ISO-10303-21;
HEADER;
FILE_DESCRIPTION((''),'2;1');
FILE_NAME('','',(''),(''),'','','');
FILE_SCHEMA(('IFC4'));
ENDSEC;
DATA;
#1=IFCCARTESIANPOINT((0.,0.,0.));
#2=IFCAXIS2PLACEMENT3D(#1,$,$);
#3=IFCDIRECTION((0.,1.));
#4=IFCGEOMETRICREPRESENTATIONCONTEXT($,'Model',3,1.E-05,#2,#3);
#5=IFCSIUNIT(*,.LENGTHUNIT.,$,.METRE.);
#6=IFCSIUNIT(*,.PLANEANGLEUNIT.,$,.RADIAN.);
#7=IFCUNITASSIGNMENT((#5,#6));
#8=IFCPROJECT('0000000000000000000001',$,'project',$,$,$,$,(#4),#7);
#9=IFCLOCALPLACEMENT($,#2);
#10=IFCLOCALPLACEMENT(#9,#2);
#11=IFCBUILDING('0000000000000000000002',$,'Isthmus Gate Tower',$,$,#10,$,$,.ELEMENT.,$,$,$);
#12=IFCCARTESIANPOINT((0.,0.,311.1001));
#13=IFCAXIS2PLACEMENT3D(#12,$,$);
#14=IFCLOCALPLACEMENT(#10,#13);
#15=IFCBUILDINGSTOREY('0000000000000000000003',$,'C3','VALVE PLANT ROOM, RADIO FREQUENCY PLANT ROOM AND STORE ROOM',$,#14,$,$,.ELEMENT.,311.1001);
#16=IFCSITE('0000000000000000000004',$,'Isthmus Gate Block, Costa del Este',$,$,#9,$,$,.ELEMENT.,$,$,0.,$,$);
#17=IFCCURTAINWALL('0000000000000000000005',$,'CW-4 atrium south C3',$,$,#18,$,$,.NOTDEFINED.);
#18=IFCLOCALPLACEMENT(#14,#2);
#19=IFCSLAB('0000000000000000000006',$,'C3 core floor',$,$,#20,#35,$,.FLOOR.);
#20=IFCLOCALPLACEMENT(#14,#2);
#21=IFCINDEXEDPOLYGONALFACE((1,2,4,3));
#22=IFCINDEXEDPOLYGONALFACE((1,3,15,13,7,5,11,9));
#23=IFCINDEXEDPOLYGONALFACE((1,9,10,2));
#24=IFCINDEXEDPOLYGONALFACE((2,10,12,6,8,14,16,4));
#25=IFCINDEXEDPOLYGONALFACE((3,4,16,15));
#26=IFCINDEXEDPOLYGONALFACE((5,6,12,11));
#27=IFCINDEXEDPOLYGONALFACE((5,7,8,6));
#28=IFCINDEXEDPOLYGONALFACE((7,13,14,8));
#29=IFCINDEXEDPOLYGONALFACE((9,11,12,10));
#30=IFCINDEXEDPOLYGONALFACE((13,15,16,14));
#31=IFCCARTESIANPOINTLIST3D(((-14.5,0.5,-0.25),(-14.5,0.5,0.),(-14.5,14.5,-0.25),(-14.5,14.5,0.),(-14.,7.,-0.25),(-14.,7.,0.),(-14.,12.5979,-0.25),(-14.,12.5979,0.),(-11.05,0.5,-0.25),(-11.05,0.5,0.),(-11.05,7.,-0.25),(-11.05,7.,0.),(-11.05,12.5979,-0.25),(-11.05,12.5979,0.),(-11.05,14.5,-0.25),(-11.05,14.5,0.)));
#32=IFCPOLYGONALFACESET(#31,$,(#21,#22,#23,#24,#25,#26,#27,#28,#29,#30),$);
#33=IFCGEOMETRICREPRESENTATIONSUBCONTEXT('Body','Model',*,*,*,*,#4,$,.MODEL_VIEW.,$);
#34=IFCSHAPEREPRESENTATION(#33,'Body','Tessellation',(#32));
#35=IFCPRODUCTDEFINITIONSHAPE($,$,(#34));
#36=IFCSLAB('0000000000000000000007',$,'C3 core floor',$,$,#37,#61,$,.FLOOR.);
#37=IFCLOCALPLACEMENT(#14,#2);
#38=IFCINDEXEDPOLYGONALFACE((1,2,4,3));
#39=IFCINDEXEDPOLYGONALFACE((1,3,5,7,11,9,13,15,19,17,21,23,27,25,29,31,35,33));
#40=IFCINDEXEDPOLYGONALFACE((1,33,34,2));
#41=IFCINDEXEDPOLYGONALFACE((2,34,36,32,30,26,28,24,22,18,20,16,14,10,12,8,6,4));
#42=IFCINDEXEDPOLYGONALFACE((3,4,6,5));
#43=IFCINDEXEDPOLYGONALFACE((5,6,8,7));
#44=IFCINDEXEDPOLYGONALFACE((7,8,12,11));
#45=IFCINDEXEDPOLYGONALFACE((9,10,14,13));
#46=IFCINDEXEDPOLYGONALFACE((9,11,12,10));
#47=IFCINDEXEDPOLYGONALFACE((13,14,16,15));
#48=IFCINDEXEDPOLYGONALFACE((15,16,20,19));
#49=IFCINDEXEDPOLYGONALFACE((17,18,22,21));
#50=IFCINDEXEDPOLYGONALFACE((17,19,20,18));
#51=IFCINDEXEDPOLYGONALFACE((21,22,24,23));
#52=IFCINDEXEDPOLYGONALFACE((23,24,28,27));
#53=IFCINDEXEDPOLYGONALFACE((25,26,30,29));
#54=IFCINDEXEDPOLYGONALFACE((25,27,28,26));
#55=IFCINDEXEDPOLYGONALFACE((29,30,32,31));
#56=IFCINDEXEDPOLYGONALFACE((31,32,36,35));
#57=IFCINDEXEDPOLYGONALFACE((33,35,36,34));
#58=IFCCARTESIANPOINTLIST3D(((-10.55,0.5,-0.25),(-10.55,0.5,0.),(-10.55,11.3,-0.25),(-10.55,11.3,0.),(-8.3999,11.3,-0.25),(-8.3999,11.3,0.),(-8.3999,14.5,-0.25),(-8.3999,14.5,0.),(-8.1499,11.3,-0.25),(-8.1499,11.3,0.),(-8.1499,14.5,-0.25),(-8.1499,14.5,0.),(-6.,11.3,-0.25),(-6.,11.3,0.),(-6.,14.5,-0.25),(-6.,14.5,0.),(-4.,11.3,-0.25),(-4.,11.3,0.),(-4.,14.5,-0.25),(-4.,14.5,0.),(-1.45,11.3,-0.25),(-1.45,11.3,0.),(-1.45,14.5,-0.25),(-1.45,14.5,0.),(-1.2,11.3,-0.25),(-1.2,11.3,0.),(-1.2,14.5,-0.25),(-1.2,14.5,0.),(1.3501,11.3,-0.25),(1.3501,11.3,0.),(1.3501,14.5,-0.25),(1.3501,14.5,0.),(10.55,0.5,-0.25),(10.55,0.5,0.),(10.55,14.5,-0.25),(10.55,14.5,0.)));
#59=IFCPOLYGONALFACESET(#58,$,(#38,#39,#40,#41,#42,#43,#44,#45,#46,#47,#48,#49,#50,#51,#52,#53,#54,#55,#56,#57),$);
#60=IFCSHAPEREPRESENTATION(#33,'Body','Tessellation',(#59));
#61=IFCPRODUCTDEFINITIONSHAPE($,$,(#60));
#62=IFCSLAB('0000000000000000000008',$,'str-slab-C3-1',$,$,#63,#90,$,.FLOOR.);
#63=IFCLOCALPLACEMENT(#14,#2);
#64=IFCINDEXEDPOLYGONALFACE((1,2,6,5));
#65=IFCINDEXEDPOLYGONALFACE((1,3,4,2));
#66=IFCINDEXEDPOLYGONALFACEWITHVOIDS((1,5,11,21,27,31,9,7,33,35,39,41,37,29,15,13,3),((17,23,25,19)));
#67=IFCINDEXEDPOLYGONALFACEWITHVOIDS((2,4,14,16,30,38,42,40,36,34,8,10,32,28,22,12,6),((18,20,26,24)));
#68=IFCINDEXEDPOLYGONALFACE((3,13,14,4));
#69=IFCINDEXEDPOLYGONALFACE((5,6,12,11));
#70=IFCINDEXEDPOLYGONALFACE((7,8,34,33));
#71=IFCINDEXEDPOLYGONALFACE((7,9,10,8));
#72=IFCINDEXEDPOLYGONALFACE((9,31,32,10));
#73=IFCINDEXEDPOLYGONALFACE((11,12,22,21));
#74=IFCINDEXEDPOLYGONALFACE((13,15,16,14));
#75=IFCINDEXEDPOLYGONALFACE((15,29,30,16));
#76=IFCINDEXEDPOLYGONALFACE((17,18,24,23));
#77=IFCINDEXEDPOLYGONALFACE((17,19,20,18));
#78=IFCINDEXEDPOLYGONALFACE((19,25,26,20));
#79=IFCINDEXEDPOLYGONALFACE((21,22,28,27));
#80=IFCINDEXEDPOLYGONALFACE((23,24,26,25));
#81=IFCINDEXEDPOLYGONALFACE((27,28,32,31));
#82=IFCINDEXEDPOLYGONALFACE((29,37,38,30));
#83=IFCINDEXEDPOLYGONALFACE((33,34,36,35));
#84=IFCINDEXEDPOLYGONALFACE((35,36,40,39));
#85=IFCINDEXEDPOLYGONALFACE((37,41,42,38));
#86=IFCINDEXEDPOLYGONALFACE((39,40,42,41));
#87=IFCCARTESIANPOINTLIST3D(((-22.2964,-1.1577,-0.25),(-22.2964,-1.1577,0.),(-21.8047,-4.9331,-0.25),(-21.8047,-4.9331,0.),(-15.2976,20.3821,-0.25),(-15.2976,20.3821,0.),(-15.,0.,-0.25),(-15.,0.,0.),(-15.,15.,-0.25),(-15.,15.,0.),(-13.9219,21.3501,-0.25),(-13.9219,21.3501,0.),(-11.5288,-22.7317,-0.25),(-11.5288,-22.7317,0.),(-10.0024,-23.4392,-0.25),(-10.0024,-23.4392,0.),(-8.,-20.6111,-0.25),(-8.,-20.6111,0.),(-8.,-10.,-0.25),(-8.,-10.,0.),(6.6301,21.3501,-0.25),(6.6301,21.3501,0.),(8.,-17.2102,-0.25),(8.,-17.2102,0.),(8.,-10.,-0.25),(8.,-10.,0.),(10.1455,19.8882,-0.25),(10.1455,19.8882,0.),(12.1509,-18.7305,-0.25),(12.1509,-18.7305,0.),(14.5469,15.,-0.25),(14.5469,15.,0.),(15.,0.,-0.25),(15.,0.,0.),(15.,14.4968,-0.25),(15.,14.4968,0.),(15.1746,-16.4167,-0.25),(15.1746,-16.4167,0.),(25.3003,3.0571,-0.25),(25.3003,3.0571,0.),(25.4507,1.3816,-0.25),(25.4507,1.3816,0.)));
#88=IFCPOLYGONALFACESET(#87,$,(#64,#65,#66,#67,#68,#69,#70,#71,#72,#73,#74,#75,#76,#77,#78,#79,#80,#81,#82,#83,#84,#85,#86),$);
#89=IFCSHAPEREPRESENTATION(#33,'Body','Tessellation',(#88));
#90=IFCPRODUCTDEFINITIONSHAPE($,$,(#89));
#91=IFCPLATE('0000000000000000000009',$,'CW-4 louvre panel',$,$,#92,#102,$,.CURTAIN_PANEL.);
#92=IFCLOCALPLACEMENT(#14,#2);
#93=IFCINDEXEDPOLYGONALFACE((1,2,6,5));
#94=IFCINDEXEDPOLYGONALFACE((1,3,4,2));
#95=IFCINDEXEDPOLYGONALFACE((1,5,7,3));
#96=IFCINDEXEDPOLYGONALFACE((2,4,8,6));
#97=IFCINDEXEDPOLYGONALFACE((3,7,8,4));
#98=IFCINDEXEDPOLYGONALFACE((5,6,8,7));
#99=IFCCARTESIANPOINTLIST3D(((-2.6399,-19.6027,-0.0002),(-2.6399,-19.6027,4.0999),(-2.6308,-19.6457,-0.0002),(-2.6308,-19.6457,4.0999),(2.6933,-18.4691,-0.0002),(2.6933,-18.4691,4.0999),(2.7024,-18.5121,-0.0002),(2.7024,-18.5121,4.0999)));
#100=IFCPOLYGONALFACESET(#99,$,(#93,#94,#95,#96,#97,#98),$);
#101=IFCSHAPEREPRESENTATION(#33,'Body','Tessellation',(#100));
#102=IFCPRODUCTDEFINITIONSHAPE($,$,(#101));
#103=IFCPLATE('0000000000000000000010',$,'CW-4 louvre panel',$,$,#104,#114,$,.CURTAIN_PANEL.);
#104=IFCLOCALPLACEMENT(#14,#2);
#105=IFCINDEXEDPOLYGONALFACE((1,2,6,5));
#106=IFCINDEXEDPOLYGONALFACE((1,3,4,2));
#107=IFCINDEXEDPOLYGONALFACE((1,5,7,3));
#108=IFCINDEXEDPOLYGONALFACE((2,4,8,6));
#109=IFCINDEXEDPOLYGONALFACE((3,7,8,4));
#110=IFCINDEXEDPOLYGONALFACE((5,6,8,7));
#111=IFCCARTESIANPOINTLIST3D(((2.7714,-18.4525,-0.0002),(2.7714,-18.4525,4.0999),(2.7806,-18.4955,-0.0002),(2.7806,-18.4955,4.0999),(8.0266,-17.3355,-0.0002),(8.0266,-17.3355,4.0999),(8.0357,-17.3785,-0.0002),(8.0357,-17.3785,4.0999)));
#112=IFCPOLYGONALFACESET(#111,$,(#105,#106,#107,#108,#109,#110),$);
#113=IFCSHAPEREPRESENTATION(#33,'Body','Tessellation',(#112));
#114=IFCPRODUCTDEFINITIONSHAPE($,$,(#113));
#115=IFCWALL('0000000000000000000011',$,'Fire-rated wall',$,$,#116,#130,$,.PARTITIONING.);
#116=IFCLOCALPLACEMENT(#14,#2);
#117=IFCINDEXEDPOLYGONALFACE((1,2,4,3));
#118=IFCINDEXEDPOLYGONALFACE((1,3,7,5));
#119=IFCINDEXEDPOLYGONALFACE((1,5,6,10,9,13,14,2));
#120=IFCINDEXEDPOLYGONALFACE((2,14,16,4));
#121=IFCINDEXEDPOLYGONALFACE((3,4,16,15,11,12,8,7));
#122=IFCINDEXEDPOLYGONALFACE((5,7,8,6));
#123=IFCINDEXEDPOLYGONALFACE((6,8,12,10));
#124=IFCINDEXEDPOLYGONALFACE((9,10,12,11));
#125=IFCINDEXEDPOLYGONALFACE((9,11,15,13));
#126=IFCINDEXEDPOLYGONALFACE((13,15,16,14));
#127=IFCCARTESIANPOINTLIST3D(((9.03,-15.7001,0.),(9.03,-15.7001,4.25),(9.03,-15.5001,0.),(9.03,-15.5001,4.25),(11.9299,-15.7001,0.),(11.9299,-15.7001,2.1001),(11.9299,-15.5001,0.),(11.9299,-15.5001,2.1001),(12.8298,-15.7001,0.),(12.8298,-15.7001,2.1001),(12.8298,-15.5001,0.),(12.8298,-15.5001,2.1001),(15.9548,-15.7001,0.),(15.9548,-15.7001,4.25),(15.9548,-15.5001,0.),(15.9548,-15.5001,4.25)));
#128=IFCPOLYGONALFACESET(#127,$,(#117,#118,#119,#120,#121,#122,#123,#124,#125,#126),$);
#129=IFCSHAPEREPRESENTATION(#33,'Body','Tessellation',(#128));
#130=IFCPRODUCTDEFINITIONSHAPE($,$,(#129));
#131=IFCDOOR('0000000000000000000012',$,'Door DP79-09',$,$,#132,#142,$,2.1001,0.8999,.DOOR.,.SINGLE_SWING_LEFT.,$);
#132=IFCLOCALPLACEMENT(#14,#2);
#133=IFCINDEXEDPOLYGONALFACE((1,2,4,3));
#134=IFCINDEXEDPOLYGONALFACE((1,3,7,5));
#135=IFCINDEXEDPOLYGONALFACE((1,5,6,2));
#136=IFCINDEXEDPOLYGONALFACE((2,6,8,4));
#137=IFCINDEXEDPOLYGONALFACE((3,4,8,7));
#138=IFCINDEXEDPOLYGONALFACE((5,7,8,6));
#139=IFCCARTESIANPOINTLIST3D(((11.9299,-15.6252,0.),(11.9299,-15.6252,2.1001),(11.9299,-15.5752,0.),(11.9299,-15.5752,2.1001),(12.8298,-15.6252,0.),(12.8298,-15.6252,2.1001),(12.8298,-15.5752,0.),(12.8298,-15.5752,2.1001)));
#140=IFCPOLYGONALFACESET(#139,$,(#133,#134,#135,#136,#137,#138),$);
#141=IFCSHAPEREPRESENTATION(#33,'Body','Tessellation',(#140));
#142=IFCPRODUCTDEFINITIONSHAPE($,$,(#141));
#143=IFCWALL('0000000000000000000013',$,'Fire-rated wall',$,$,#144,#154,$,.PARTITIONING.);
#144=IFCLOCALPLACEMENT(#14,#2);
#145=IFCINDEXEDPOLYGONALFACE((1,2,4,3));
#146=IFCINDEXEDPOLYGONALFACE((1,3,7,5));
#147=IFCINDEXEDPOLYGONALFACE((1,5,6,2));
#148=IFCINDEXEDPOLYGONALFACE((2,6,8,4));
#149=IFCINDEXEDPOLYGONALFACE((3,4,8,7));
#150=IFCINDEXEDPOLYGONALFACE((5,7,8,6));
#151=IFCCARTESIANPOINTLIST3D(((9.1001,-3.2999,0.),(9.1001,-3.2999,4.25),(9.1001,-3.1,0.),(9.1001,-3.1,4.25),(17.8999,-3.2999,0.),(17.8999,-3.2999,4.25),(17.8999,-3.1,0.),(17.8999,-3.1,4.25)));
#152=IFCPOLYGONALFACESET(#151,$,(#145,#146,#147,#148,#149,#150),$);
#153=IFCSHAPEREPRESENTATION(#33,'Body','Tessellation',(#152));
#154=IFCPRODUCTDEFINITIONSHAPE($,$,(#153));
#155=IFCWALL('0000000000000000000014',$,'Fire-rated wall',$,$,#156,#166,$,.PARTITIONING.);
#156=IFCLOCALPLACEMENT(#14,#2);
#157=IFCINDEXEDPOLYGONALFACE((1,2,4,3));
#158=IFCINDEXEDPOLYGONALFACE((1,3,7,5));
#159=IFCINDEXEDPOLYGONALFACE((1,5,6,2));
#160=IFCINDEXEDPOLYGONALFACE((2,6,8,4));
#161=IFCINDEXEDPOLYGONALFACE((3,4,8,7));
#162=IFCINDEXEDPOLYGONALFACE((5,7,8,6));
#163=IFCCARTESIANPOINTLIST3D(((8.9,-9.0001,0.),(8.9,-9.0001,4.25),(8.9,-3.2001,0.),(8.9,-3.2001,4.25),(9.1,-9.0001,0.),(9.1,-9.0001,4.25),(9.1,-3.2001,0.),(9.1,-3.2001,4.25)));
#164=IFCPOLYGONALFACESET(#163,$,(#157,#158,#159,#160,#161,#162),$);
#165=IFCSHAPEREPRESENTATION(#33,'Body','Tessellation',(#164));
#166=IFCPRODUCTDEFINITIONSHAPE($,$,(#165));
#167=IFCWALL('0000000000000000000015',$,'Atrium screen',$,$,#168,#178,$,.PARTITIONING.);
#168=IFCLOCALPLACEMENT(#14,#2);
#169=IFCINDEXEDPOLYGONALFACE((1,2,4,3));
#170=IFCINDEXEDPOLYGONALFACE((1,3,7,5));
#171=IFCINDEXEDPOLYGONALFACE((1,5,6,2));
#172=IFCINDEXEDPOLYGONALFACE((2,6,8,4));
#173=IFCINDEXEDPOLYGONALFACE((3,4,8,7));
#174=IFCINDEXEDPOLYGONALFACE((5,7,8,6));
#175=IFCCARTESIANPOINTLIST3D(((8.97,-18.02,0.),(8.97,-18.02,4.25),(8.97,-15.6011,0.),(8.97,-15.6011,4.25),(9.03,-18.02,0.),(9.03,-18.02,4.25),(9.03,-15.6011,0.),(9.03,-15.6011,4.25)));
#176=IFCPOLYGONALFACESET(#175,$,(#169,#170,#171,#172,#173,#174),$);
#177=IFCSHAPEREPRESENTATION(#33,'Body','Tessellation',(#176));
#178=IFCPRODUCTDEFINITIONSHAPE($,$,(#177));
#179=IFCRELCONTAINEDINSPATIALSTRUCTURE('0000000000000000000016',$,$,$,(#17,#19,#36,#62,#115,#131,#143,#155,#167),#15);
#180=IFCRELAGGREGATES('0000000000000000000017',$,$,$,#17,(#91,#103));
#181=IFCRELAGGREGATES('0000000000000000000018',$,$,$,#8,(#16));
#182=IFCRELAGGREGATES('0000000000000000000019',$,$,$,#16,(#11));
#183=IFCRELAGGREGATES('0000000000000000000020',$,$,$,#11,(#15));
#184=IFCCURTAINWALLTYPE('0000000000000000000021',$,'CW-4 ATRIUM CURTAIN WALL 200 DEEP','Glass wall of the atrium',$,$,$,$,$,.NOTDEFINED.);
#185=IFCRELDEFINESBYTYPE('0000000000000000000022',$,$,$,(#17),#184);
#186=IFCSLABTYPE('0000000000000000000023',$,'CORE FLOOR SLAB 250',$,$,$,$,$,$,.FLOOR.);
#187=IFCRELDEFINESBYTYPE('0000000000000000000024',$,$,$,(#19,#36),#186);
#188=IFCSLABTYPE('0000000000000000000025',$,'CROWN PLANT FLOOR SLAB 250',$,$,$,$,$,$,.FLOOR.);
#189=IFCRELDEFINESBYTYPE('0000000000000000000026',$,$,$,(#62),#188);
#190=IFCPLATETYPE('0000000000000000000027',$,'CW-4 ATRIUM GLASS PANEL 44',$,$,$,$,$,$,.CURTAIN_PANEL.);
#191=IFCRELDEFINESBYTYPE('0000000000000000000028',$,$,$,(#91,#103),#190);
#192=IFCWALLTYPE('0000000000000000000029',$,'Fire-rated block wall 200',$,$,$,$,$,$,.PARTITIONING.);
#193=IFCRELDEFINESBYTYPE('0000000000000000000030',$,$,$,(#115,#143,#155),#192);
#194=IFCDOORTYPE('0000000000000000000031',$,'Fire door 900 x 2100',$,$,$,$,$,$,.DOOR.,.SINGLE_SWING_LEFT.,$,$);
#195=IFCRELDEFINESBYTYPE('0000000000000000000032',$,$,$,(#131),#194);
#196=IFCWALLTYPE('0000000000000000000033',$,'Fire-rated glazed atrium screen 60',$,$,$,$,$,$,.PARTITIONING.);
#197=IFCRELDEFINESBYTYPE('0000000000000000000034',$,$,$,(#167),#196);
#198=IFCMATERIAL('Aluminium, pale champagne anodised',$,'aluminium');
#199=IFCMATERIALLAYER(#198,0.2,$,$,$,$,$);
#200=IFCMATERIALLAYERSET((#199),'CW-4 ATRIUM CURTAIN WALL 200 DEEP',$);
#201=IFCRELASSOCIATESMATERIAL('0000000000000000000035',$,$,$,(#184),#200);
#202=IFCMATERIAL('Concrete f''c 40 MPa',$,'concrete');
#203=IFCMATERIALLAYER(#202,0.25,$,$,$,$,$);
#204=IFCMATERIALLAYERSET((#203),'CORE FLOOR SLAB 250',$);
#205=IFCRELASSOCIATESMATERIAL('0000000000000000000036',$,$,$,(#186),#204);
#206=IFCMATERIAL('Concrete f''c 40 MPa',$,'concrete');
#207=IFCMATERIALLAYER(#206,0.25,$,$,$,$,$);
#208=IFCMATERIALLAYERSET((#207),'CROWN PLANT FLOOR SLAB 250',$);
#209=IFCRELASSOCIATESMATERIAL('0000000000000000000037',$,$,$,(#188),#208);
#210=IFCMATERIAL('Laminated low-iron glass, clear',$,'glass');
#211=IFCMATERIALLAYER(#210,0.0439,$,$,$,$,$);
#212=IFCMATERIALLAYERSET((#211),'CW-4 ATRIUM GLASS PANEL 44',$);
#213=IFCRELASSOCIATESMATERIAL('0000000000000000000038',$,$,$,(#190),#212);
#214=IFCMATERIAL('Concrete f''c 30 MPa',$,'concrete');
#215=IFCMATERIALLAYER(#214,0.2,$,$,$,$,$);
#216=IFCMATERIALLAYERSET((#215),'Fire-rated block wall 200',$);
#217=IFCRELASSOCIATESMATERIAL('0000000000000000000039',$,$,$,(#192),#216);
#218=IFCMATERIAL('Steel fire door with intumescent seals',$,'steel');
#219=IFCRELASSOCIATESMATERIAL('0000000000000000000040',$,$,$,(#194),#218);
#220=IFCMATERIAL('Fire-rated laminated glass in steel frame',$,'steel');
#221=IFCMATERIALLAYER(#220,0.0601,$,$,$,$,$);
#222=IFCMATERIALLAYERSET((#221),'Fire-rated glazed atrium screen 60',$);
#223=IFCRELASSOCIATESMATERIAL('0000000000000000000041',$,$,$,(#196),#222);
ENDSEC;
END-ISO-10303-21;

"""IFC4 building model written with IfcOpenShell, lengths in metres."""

from ifc_helpers import new_model, si_unit, direction, frame, frame_2d, origin, origin_2d, place, context, subcontext, project, spatial, polyline, rectangle, outline, extrude, material, layer, layer_set, type_object, element, fill, aggregate, save


model = new_model("IFC4")

# Units and contexts
model_context = context("Model", 3, precision=1e-05, world=origin(), true_north=direction((0.0, 1.0)))
body_context = subcontext(model_context, "Body", "Model", "MODEL_VIEW")
ifc_project = project(units=[si_unit("LENGTHUNIT", "METRE"), si_unit("PLANEANGLEUNIT", "RADIAN")], contexts=[model_context])

# Site, building, storey
site_placement = place(None, origin())
site = spatial("IfcSite", under=ifc_project, at=site_placement, Name="Isthmus Gate Block, Costa del Este", CompositionType="ELEMENT", RefElevation=0.0)
building_placement = place(site_placement, origin())
building = spatial("IfcBuilding", under=site, at=building_placement, Name="Isthmus Gate Tower", CompositionType="ELEMENT")
storey_placement = place(building_placement, frame((0.0, 0.0, 311.1001)))
storey = spatial("IfcBuildingStorey", under=building, at=storey_placement, Name="C3", Description="VALVE PLANT ROOM, RADIO FREQUENCY PLANT ROOM AND STORE ROOM", CompositionType="ELEMENT", Elevation=311.1001)

# Curtain wall
ifc_material_1 = material(Name="Aluminium, pale champagne anodised", Category="aluminium")
ifc_layer_1 = layer(ifc_material_1, 0.2)
ifc_layer_set_1 = layer_set([ifc_layer_1], Name="CW-4 ATRIUM CURTAIN WALL 200 DEEP")
curtain_wall_type = type_object("IfcCurtainWallType", Name="CW-4 ATRIUM CURTAIN WALL 200 DEEP", Description="Glass wall of the atrium", PredefinedType="NOTDEFINED", material=ifc_layer_set_1)
curtain_wall_placement = place(storey_placement, origin())
curtain_wall = element("IfcCurtainWall", 1, at=curtain_wall_placement, inside=storey, type_object=curtain_wall_type, Name="CW-4 atrium south C3", PredefinedType="NOTDEFINED")

# Slabs
ifc_material_2 = material(Name="Concrete f'c 40 MPa", Category="concrete")
ifc_layer_2 = layer(ifc_material_2, 0.25)
ifc_layer_set_2 = layer_set([ifc_layer_2], Name="CORE FLOOR SLAB 250")
slab_type_1 = type_object("IfcSlabType", Name="CORE FLOOR SLAB 250", PredefinedType="FLOOR", material=ifc_layer_set_2)
slab_1_placement = place(storey_placement, frame((0.0, 0.0, -0.25)))
element("IfcSlab", 2, at=slab_1_placement, inside=storey, type_object=slab_type_1, Name="C3 core floor", PredefinedType="FLOOR", context=body_context, shape_type="SweptSolid", body=[
    extrude(outline(polyline([(-11.05, 0.5), (-11.05, 7.0), (-14.0, 7.0), (-14.0, 12.5979), (-11.05, 12.5979), (-11.05, 14.5), (-14.5, 14.5), (-14.5, 0.5), (-11.05, 0.5)])), origin(), (0.0, 0.0, 1.0), 0.25),
])
slab_2_placement = place(storey_placement, frame((0.0, 0.0, -0.25)))
element("IfcSlab", 3, at=slab_2_placement, inside=storey, type_object=slab_type_1, Name="C3 core floor", PredefinedType="FLOOR", context=body_context, shape_type="SweptSolid", body=[
    extrude(outline(polyline([(10.55, 14.5), (1.3501, 14.5), (1.3501, 11.3), (-1.2, 11.3), (-1.2, 14.5), (-1.45, 14.5), (-1.45, 11.3), (-4.0, 11.3), (-4.0, 14.5), (-6.0, 14.5), (-6.0, 11.3), (-8.1499, 11.3), (-8.1499, 14.5), (-8.3999, 14.5), (-8.3999, 11.3), (-10.55, 11.3), (-10.55, 0.5), (10.55, 0.5), (10.55, 14.5)])), origin(), (0.0, 0.0, 1.0), 0.25),
])
ifc_material_3 = material(Name="Concrete f'c 40 MPa", Category="concrete")
ifc_layer_3 = layer(ifc_material_3, 0.25)
ifc_layer_set_3 = layer_set([ifc_layer_3], Name="CROWN PLANT FLOOR SLAB 250")
slab_type_2 = type_object("IfcSlabType", Name="CROWN PLANT FLOOR SLAB 250", PredefinedType="FLOOR", material=ifc_layer_set_3)
slab_3_placement = place(storey_placement, frame((0.0, 0.0, -0.25)))
element("IfcSlab", 4, at=slab_3_placement, inside=storey, type_object=slab_type_2, Name="str-slab-C3-1", PredefinedType="FLOOR", context=body_context, shape_type="SweptSolid", body=[
    extrude(outline(polyline([(10.1455, 19.8882), (14.5469, 15.0), (-15.0, 15.0), (-15.0, 0.0), (15.0, 0.0), (15.0, 14.4968), (25.3003, 3.0571), (25.4507, 1.3816), (15.1746, -16.4167), (12.1509, -18.7305), (-10.0024, -23.4392), (-11.5288, -22.7317), (-21.8047, -4.9331), (-22.2964, -1.1577), (-15.2976, 20.3821), (-13.9219, 21.3501), (6.6301, 21.3501), (10.1455, 19.8882)]), holes=[polyline([(-8.0, -20.6111), (8.0, -17.2102), (8.0, -10.0), (-8.0, -10.0), (-8.0, -20.6111)])]), origin(), (0.0, 0.0, 1.0), 0.25),
])

# Plates
ifc_material_4 = material(Name="Laminated low-iron glass, clear", Category="glass")
ifc_layer_4 = layer(ifc_material_4, 0.0439)
ifc_layer_set_4 = layer_set([ifc_layer_4], Name="CW-4 ATRIUM GLASS PANEL 44")
plate_type = type_object("IfcPlateType", Name="CW-4 ATRIUM GLASS PANEL 44", PredefinedType="CURTAIN_PANEL", material=ifc_layer_set_4)
plate_1_placement = place(storey_placement, frame((0.0312, -19.0574, -0.0002), z_axis=(0.0, 0.0, 1.0), x_axis=(0.978148, 0.207912, 0.0)))
plate_1 = element("IfcPlate", 5, at=plate_1_placement, type_object=plate_type, Name="CW-4 louvre panel", PredefinedType="CURTAIN_PANEL", context=body_context, shape_type="SweptSolid", body=[
    extrude(rectangle(XDim=5.4524, YDim=0.0439, at=origin_2d()), origin(), (0.0, 0.0, 1.0), 4.1001),
])
plate_2_placement = place(storey_placement, frame((5.4036, -17.9155, -0.0002), z_axis=(0.0, 0.0, 1.0), x_axis=(0.978148, 0.207912, 0.0)))
plate_2 = element("IfcPlate", 6, at=plate_2_placement, type_object=plate_type, Name="CW-4 louvre panel", PredefinedType="CURTAIN_PANEL", context=body_context, shape_type="SweptSolid", body=[
    extrude(rectangle(XDim=5.3726, YDim=0.0439, at=origin_2d()), origin(), (0.0, 0.0, 1.0), 4.1001),
])
aggregate(curtain_wall, [plate_1, plate_2])

# Wall, opening, door
ifc_material_5 = material(Name="Concrete f'c 30 MPa", Category="concrete")
ifc_layer_5 = layer(ifc_material_5, 0.2)
ifc_layer_set_5 = layer_set([ifc_layer_5], Name="Fire-rated block wall 200")
wall_type_1 = type_object("IfcWallType", Name="Fire-rated block wall 200", PredefinedType="PARTITIONING", material=ifc_layer_set_5)
wall_1_placement = place(storey_placement, frame((9.03, -15.6001, 0.0), z_axis=(0.0, 0.0, 1.0), x_axis=(1.0, 0.0, 0.0)))
wall_1 = element("IfcWall", 7, at=wall_1_placement, inside=storey, type_object=wall_type_1, Name="Fire-rated wall", PredefinedType="PARTITIONING", context=body_context, shape_type="SweptSolid", body=[
    extrude(rectangle(XDim=6.9248, YDim=0.2, at=frame_2d((3.4624, 0.0))), origin(), (0.0, 0.0, 1.0), 4.25),
])
opening_placement = place(wall_1_placement, frame((2.8999, 0.0, 0.0)))
opening = element("IfcOpeningElement", 8, at=opening_placement, cuts=wall_1, PredefinedType="OPENING", context=body_context, shape_type="SweptSolid", body=[
    extrude(rectangle(XDim=0.8999, YDim=2.1001, at=frame_2d((0.45, 1.05))), frame((0.0, 0.1099, 0.0), z_axis=(0.0, -1.0, 0.0), x_axis=(1.0, 0.0, 0.0)), (0.0, 0.0, 1.0), 0.22),
])
ifc_material_6 = material(Name="Steel fire door with intumescent seals", Category="steel")
door_type = type_object("IfcDoorType", Name="Fire door 900 x 2100", OperationType="SINGLE_SWING_LEFT", PredefinedType="DOOR", material=ifc_material_6)
door_placement = place(opening_placement, origin())
door = element("IfcDoor", 9, at=door_placement, inside=storey, type_object=door_type, Name="Door DP79-09", OperationType="SINGLE_SWING_LEFT", OverallHeight=2.1001, OverallWidth=0.8999, PredefinedType="DOOR", context=body_context, shape_type="SweptSolid", body=[
    extrude(rectangle(XDim=0.8999, YDim=2.1001, at=frame_2d((0.45, 1.05))), frame((0.0, 0.0249, 0.0), z_axis=(0.0, -1.0, 0.0), x_axis=(1.0, 0.0, 0.0)), (0.0, 0.0, 1.0), 0.05),
])
fill(opening, door)

# Walls
wall_2_placement = place(storey_placement, frame((9.1001, -3.2, 0.0), z_axis=(0.0, 0.0, 1.0), x_axis=(1.0, 0.0, 0.0)))
element("IfcWall", 10, at=wall_2_placement, inside=storey, type_object=wall_type_1, Name="Fire-rated wall", PredefinedType="PARTITIONING", context=body_context, shape_type="SweptSolid", body=[
    extrude(rectangle(XDim=8.7998, YDim=0.2, at=frame_2d((4.3999, 0.0))), origin(), (0.0, 0.0, 1.0), 4.25),
])
wall_3_placement = place(storey_placement, frame((9.0, -9.0, 0.0), z_axis=(0.0, 0.0, 1.0), x_axis=(0.0, 1.0, 0.0)))
element("IfcWall", 11, at=wall_3_placement, inside=storey, type_object=wall_type_1, Name="Fire-rated wall", PredefinedType="PARTITIONING", context=body_context, shape_type="SweptSolid", body=[
    extrude(rectangle(XDim=5.8, YDim=0.2, at=frame_2d((2.8999, 0.0))), origin(), (0.0, 0.0, 1.0), 4.25),
])
ifc_material_7 = material(Name="Fire-rated laminated glass in steel frame", Category="steel")
ifc_layer_6 = layer(ifc_material_7, 0.0601)
ifc_layer_set_6 = layer_set([ifc_layer_6], Name="Fire-rated glazed atrium screen 60")
wall_type_2 = type_object("IfcWallType", Name="Fire-rated glazed atrium screen 60", PredefinedType="PARTITIONING", material=ifc_layer_set_6)
wall_4_placement = place(storey_placement, frame((9.0, -18.02, 0.0), z_axis=(0.0, 0.0, 1.0), x_axis=(0.0, 1.0, 0.0)))
element("IfcWall", 12, at=wall_4_placement, inside=storey, type_object=wall_type_2, Name="Atrium screen", PredefinedType="PARTITIONING", context=body_context, shape_type="SweptSolid", body=[
    extrude(rectangle(XDim=2.4189, YDim=0.0601, at=frame_2d((1.2095, 0.0))), origin(), (0.0, 0.0, 1.0), 4.25),
])

save(model, "model.ifc")
